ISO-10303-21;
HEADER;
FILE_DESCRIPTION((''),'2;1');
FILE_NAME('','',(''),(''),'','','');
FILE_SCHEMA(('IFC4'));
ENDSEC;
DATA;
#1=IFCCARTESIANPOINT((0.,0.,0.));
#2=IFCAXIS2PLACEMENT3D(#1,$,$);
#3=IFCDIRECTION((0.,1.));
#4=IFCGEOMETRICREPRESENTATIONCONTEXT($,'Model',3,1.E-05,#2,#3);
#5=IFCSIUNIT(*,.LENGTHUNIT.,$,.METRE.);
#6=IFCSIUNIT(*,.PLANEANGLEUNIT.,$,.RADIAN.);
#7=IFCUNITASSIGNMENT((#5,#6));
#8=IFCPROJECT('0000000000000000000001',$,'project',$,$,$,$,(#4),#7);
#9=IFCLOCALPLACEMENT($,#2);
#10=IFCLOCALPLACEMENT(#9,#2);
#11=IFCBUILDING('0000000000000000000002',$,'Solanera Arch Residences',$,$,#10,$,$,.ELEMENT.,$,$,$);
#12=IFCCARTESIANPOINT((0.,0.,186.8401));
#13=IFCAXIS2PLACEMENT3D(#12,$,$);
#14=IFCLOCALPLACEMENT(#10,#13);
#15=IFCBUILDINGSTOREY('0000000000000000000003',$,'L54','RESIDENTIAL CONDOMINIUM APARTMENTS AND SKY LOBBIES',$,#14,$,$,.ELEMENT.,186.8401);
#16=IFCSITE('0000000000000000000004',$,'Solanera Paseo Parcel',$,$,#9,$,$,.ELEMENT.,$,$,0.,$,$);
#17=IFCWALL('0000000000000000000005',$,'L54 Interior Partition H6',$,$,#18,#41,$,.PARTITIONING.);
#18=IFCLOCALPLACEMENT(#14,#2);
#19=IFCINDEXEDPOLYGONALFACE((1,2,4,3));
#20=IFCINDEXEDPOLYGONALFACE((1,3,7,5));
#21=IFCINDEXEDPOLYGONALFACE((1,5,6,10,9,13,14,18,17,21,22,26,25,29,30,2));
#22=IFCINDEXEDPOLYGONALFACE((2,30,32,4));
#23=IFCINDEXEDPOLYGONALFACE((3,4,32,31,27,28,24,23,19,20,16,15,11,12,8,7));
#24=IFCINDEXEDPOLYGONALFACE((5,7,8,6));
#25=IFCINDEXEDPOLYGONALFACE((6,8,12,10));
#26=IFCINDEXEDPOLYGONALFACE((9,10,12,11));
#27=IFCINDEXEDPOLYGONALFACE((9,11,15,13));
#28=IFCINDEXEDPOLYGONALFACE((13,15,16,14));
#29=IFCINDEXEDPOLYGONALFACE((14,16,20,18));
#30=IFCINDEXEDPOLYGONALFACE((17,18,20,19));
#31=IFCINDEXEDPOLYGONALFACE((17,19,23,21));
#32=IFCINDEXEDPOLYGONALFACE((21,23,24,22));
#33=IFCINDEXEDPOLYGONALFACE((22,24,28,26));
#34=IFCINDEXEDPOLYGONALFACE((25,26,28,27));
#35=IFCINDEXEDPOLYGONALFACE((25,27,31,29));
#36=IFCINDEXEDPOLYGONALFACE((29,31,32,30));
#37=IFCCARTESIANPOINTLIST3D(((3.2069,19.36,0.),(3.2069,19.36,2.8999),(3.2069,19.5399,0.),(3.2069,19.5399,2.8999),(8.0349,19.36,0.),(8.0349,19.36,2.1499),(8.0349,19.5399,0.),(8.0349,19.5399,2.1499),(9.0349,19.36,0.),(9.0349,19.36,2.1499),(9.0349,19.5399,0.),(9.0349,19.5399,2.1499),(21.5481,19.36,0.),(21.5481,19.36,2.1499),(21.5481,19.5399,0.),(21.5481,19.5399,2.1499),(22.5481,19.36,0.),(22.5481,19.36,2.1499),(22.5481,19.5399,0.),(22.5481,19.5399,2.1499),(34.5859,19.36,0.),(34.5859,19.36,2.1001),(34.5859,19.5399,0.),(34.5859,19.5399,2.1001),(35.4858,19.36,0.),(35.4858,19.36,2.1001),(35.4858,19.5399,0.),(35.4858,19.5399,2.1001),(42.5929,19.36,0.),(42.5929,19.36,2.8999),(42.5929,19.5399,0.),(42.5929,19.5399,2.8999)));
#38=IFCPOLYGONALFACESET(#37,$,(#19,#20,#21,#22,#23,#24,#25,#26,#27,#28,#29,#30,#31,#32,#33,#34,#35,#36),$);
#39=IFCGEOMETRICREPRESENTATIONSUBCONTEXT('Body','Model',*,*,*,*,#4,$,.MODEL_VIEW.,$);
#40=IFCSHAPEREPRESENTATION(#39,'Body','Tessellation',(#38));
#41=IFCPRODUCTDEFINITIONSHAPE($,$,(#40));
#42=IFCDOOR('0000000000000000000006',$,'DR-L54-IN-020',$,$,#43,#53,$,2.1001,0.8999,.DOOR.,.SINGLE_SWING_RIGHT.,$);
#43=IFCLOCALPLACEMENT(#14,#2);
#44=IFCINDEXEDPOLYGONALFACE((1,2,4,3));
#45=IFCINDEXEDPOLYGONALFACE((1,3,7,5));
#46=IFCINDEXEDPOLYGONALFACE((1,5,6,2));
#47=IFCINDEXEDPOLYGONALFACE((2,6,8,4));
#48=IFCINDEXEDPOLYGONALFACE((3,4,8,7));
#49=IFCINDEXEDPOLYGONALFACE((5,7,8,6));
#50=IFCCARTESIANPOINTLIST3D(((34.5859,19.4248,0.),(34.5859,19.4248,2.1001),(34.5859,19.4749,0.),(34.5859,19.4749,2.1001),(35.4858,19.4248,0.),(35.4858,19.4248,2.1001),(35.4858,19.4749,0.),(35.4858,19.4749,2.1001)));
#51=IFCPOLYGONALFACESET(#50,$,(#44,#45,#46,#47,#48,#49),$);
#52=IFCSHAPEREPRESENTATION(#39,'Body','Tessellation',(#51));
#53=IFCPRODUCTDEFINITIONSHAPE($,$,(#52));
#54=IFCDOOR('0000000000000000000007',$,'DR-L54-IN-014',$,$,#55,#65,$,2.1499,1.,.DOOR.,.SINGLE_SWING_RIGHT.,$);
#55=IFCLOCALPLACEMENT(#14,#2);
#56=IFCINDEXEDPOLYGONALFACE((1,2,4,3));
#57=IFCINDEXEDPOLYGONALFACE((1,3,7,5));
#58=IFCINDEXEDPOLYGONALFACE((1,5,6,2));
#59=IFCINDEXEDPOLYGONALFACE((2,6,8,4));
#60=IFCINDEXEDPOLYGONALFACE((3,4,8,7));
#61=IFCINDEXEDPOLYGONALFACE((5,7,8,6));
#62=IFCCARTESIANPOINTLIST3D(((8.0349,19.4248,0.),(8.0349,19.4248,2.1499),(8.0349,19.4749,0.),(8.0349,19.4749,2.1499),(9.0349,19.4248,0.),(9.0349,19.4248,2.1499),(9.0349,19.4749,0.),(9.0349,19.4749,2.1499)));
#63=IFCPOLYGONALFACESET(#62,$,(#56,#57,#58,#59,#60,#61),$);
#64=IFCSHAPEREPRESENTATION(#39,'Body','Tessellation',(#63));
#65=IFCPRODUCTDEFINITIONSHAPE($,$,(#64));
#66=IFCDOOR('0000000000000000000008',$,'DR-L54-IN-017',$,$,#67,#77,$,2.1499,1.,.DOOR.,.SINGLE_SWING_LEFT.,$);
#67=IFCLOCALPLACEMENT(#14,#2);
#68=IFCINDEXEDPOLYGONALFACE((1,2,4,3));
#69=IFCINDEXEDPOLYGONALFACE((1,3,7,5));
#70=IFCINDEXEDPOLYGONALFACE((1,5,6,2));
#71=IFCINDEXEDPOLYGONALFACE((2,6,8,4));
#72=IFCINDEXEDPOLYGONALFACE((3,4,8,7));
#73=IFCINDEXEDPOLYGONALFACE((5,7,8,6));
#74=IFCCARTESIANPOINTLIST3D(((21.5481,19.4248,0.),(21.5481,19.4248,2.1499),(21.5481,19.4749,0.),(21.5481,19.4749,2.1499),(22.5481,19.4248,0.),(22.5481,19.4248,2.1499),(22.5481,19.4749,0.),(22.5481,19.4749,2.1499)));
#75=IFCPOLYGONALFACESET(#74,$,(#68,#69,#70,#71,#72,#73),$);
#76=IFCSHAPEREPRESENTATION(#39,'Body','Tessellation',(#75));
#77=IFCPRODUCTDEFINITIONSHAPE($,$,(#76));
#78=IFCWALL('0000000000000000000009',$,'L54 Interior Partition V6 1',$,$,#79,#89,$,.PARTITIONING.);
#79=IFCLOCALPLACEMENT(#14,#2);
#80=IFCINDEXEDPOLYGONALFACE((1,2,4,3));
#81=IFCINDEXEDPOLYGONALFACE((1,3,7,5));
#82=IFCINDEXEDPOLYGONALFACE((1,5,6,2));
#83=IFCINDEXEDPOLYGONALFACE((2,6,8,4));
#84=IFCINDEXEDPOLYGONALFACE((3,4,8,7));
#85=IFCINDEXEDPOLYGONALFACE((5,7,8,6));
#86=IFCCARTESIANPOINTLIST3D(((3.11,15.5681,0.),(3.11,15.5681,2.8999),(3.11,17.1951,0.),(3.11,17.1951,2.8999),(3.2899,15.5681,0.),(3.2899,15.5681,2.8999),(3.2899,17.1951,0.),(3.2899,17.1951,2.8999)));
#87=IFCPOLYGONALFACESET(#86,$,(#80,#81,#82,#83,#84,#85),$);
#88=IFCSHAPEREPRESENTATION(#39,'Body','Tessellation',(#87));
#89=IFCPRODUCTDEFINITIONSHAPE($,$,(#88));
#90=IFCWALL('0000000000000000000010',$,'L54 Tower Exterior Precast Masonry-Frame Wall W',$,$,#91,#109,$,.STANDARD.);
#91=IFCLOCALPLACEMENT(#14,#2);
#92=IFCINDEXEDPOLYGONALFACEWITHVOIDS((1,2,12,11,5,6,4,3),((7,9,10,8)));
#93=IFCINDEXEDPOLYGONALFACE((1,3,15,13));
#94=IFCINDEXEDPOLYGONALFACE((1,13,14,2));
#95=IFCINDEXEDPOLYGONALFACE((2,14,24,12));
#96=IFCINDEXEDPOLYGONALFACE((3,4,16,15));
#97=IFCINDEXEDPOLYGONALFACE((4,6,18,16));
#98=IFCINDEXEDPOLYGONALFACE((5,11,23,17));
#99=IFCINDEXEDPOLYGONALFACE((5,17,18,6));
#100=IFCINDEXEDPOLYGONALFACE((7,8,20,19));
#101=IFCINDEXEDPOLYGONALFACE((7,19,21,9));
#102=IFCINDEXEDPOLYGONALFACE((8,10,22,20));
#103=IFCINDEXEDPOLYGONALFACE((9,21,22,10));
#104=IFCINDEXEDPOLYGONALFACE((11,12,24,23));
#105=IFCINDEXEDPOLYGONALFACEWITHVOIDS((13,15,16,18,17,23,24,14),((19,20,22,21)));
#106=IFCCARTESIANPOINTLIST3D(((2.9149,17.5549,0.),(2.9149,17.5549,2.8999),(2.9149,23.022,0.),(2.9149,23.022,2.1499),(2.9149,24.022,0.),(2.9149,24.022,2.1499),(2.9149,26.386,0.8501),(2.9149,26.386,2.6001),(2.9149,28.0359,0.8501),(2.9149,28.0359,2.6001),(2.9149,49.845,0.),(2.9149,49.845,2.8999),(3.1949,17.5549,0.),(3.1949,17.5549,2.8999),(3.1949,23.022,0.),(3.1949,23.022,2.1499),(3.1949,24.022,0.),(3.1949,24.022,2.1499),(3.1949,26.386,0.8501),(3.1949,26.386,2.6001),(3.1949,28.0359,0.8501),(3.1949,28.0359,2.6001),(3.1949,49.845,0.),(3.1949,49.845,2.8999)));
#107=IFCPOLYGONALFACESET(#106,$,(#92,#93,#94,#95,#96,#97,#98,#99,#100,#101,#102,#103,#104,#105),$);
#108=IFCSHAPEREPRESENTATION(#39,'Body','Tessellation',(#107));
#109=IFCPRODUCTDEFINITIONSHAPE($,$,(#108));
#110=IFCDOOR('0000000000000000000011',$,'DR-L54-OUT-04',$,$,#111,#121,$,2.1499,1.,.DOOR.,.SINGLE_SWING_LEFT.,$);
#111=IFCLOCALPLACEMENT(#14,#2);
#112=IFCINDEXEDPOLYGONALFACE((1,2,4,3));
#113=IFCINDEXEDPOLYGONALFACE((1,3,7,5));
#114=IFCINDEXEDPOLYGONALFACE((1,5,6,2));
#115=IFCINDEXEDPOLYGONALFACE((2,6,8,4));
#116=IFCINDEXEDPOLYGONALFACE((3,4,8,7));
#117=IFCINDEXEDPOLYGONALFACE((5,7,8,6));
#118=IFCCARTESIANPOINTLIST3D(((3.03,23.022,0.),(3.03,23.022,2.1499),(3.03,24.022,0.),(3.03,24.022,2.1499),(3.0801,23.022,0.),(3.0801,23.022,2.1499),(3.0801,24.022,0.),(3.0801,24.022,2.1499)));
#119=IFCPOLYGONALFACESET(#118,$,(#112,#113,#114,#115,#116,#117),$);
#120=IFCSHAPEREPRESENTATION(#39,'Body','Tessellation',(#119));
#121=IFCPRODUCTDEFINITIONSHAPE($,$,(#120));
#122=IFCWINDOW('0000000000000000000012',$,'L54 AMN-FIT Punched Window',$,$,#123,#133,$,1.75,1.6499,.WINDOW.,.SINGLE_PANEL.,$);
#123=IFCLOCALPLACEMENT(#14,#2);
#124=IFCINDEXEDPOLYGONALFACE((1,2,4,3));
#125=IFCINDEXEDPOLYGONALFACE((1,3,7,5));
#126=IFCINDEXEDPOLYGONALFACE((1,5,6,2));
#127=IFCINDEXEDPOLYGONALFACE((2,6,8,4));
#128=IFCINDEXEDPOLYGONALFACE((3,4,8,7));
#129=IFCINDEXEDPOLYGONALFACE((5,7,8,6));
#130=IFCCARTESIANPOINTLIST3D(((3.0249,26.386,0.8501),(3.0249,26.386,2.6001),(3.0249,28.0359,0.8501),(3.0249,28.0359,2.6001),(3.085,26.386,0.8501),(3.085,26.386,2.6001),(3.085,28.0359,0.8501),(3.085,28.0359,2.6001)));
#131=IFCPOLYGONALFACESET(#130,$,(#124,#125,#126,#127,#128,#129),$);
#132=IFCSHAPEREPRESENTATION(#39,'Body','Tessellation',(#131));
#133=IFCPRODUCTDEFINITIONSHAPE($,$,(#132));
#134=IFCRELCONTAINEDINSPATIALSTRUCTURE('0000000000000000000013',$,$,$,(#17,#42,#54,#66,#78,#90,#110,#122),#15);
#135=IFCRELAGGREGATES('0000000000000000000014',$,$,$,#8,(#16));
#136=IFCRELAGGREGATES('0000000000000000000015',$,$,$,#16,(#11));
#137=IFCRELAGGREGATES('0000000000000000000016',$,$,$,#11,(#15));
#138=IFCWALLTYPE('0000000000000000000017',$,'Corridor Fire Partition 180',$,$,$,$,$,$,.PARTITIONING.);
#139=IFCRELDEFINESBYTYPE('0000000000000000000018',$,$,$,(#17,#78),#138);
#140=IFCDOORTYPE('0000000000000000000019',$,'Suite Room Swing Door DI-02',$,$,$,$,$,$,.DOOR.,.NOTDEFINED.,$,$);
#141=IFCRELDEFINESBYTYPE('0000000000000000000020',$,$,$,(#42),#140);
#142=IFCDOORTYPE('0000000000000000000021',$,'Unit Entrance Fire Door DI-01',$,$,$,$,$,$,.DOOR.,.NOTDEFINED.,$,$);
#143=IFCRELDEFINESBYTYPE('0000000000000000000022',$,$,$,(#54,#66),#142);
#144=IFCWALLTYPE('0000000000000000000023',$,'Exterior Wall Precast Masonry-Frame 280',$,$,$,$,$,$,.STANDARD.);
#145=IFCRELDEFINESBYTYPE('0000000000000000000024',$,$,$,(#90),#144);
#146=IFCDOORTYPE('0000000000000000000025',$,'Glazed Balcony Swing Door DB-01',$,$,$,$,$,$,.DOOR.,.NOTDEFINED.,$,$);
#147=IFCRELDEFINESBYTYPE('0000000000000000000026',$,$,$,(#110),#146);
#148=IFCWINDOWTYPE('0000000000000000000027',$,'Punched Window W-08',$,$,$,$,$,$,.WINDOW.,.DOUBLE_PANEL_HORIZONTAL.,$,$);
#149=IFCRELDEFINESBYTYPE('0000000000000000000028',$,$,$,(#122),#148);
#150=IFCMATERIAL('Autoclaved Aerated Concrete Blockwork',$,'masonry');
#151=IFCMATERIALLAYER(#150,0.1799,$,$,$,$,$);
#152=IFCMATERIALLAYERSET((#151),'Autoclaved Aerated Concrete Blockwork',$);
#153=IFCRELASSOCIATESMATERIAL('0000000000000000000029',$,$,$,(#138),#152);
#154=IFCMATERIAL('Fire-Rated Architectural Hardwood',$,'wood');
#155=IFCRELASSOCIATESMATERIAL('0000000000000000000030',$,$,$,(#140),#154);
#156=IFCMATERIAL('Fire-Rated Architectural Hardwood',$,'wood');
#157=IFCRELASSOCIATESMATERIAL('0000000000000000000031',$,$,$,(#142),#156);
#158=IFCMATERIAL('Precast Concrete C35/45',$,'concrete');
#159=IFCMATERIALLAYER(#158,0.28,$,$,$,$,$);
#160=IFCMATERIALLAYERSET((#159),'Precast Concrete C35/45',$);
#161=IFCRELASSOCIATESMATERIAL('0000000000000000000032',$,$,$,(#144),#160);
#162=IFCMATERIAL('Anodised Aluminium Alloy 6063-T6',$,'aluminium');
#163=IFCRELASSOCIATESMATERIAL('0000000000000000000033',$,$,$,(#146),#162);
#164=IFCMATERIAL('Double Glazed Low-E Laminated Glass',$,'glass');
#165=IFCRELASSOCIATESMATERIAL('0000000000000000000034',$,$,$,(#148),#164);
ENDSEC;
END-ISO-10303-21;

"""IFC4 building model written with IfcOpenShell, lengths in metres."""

from ifc_helpers import new_model, si_unit, direction, frame, frame_2d, origin, place, context, subcontext, project, spatial, rectangle, extrude, material, layer, layer_set, type_object, element, fill, save


model = new_model("IFC4")

# Units and contexts
model_context = context("Model", 3, precision=1e-05, world=origin(), true_north=direction((0.0, 1.0)))
body_context = subcontext(model_context, "Body", "Model", "MODEL_VIEW")
ifc_project = project(units=[si_unit("LENGTHUNIT", "METRE"), si_unit("PLANEANGLEUNIT", "RADIAN")], contexts=[model_context])

# Site, building, storey
site_placement = place(None, origin())
site = spatial("IfcSite", under=ifc_project, at=site_placement, Name="Solanera Paseo Parcel", CompositionType="ELEMENT", RefElevation=0.0)
building_placement = place(site_placement, origin())
building = spatial("IfcBuilding", under=site, at=building_placement, Name="Solanera Arch Residences", CompositionType="ELEMENT")
storey_placement = place(building_placement, frame((0.0, 0.0, 186.8401)))
storey = spatial("IfcBuildingStorey", under=building, at=storey_placement, Name="L54", Description="RESIDENTIAL CONDOMINIUM APARTMENTS AND SKY LOBBIES", CompositionType="ELEMENT", Elevation=186.8401)

# Wall, openings, doors
ifc_material_1 = material(Name="Autoclaved Aerated Concrete Blockwork", Category="masonry")
ifc_layer_1 = layer(ifc_material_1, 0.1799)
ifc_layer_set_1 = layer_set([ifc_layer_1], Name="Autoclaved Aerated Concrete Blockwork")
wall_type_1 = type_object("IfcWallType", Name="Corridor Fire Partition 180", PredefinedType="PARTITIONING", material=ifc_layer_set_1)
wall_1_placement = place(storey_placement, frame((3.207, 19.45, 0.0), z_axis=(0.0, 0.0, 1.0), x_axis=(1.0, 0.0, 0.0)))
wall_1 = element("IfcWall", 1, at=wall_1_placement, inside=storey, type_object=wall_type_1, Name="L54 Interior Partition H6", PredefinedType="PARTITIONING", context=body_context, shape_type="SweptSolid", body=[
    extrude(rectangle(XDim=39.386, YDim=0.1799, at=frame_2d((19.6929, 0.0))), origin(), (0.0, 0.0, 1.0), 2.8999),
])
opening_1_placement = place(wall_1_placement, frame((4.8279, 0.0, 0.0)))
opening_1 = element("IfcOpeningElement", 2, at=opening_1_placement, cuts=wall_1, PredefinedType="OPENING", context=body_context, shape_type="SweptSolid", body=[
    extrude(rectangle(XDim=1.0, YDim=2.1499, at=frame_2d((0.5, 1.075))), frame((0.0, 0.1001, 0.0), z_axis=(0.0, -1.0, 0.0), x_axis=(1.0, 0.0, 0.0)), (0.0, 0.0, 1.0), 0.1999),
])
opening_2_placement = place(wall_1_placement, frame((18.3411, 0.0, 0.0)))
opening_2 = element("IfcOpeningElement", 3, at=opening_2_placement, cuts=wall_1, PredefinedType="OPENING", context=body_context, shape_type="SweptSolid", body=[
    extrude(rectangle(XDim=1.0, YDim=2.1499, at=frame_2d((0.5, 1.075))), frame((0.0, 0.1001, 0.0), z_axis=(0.0, -1.0, 0.0), x_axis=(1.0, 0.0, 0.0)), (0.0, 0.0, 1.0), 0.1999),
])
opening_3_placement = place(wall_1_placement, frame((31.3789, 0.0, 0.0)))
opening_3 = element("IfcOpeningElement", 4, at=opening_3_placement, cuts=wall_1, PredefinedType="OPENING", context=body_context, shape_type="SweptSolid", body=[
    extrude(rectangle(XDim=0.8999, YDim=2.1001, at=frame_2d((0.45, 1.05))), frame((0.0, 0.1001, 0.0), z_axis=(0.0, -1.0, 0.0), x_axis=(1.0, 0.0, 0.0)), (0.0, 0.0, 1.0), 0.1999),
])
ifc_material_2 = material(Name="Fire-Rated Architectural Hardwood", Category="wood")
door_type_1 = type_object("IfcDoorType", Name="Suite Room Swing Door DI-02", OperationType="NOTDEFINED", PredefinedType="DOOR", material=ifc_material_2)
door_1_placement = place(opening_3_placement, origin())
door_1 = element("IfcDoor", 5, at=door_1_placement, inside=storey, type_object=door_type_1, Name="DR-L54-IN-020", OperationType="SINGLE_SWING_RIGHT", OverallHeight=2.1001, OverallWidth=0.8999, PredefinedType="DOOR", context=body_context, shape_type="SweptSolid", body=[
    extrude(rectangle(XDim=0.8999, YDim=2.1001, at=frame_2d((0.45, 1.05))), frame((0.0, 0.0249, 0.0), z_axis=(0.0, -1.0, 0.0), x_axis=(1.0, 0.0, 0.0)), (0.0, 0.0, 1.0), 0.05),
])
fill(opening_3, door_1)
ifc_material_3 = material(Name="Fire-Rated Architectural Hardwood", Category="wood")
door_type_2 = type_object("IfcDoorType", Name="Unit Entrance Fire Door DI-01", OperationType="NOTDEFINED", PredefinedType="DOOR", material=ifc_material_3)
door_2_placement = place(opening_1_placement, origin())
door_2 = element("IfcDoor", 6, at=door_2_placement, inside=storey, type_object=door_type_2, Name="DR-L54-IN-014", OperationType="SINGLE_SWING_RIGHT", OverallHeight=2.1499, OverallWidth=1.0, PredefinedType="DOOR", context=body_context, shape_type="SweptSolid", body=[
    extrude(rectangle(XDim=1.0, YDim=2.1499, at=frame_2d((0.5, 1.075))), frame((0.0, 0.0249, 0.0), z_axis=(0.0, -1.0, 0.0), x_axis=(1.0, 0.0, 0.0)), (0.0, 0.0, 1.0), 0.05),
])
fill(opening_1, door_2)
door_3_placement = place(opening_2_placement, origin())
door_3 = element("IfcDoor", 7, at=door_3_placement, inside=storey, type_object=door_type_2, Name="DR-L54-IN-017", OperationType="SINGLE_SWING_LEFT", OverallHeight=2.1499, OverallWidth=1.0, PredefinedType="DOOR", context=body_context, shape_type="SweptSolid", body=[
    extrude(rectangle(XDim=1.0, YDim=2.1499, at=frame_2d((0.5, 1.075))), frame((0.0, 0.0249, 0.0), z_axis=(0.0, -1.0, 0.0), x_axis=(1.0, 0.0, 0.0)), (0.0, 0.0, 1.0), 0.05),
])
fill(opening_2, door_3)

# Wall
wall_2_placement = place(storey_placement, frame((3.2, 15.5681, 0.0), z_axis=(0.0, 0.0, 1.0), x_axis=(0.0, 1.0, 0.0)))
element("IfcWall", 8, at=wall_2_placement, inside=storey, type_object=wall_type_1, Name="L54 Interior Partition V6 1", PredefinedType="PARTITIONING", context=body_context, shape_type="SweptSolid", body=[
    extrude(rectangle(XDim=1.627, YDim=0.1799, at=frame_2d((0.8135, 0.0))), origin(), (0.0, 0.0, 1.0), 2.8999),
])

# Wall, openings, door, window
ifc_material_4 = material(Name="Precast Concrete C35/45", Category="concrete")
ifc_layer_2 = layer(ifc_material_4, 0.28)
ifc_layer_set_2 = layer_set([ifc_layer_2], Name="Precast Concrete C35/45")
wall_type_2 = type_object("IfcWallType", Name="Exterior Wall Precast Masonry-Frame 280", PredefinedType="STANDARD", material=ifc_layer_set_2)
wall_3_placement = place(storey_placement, frame((3.0549, 17.5549, 0.0), z_axis=(0.0, 0.0, 1.0), x_axis=(0.0, 1.0, 0.0)))
wall_3 = element("IfcWall", 9, at=wall_3_placement, inside=storey, type_object=wall_type_2, Name="L54 Tower Exterior Precast Masonry-Frame Wall W", PredefinedType="STANDARD", context=body_context, shape_type="SweptSolid", body=[
    extrude(rectangle(XDim=32.29, YDim=0.28, at=frame_2d((16.145, 0.0))), origin(), (0.0, 0.0, 1.0), 2.8999),
])
opening_4_placement = place(wall_3_placement, frame((5.467, 0.0, 0.0)))
opening_4 = element("IfcOpeningElement", 10, at=opening_4_placement, cuts=wall_3, PredefinedType="OPENING", context=body_context, shape_type="SweptSolid", body=[
    extrude(rectangle(XDim=1.0, YDim=2.1499, at=frame_2d((0.5, 1.075))), frame((0.0, 0.1499, 0.0), z_axis=(0.0, -1.0, 0.0), x_axis=(1.0, 0.0, 0.0)), (0.0, 0.0, 1.0), 0.3),
])
opening_5_placement = place(wall_3_placement, frame((8.8311, 0.0, 0.8501)))
opening_5 = element("IfcOpeningElement", 11, at=opening_5_placement, cuts=wall_3, PredefinedType="OPENING", context=body_context, shape_type="SweptSolid", body=[
    extrude(rectangle(XDim=1.6499, YDim=1.75, at=frame_2d((0.825, 0.875))), frame((0.0, 0.1499, 0.0), z_axis=(0.0, -1.0, 0.0), x_axis=(1.0, 0.0, 0.0)), (0.0, 0.0, 1.0), 0.3),
])
ifc_material_5 = material(Name="Anodised Aluminium Alloy 6063-T6", Category="aluminium")
door_type_3 = type_object("IfcDoorType", Name="Glazed Balcony Swing Door DB-01", OperationType="NOTDEFINED", PredefinedType="DOOR", material=ifc_material_5)
door_4_placement = place(opening_4_placement, origin())
door_4 = element("IfcDoor", 12, at=door_4_placement, inside=storey, type_object=door_type_3, Name="DR-L54-OUT-04", OperationType="SINGLE_SWING_LEFT", OverallHeight=2.1499, OverallWidth=1.0, PredefinedType="DOOR", context=body_context, shape_type="SweptSolid", body=[
    extrude(rectangle(XDim=1.0, YDim=2.1499, at=frame_2d((0.5, 1.075))), frame((0.0, 0.0249, 0.0), z_axis=(0.0, -1.0, 0.0), x_axis=(1.0, 0.0, 0.0)), (0.0, 0.0, 1.0), 0.05),
])
fill(opening_4, door_4)
ifc_material_6 = material(Name="Double Glazed Low-E Laminated Glass", Category="glass")
window_type = type_object("IfcWindowType", Name="Punched Window W-08", PartitioningType="DOUBLE_PANEL_HORIZONTAL", PredefinedType="WINDOW", material=ifc_material_6)
window_placement = place(opening_5_placement, origin())
window = element("IfcWindow", 13, at=window_placement, inside=storey, type_object=window_type, Name="L54 AMN-FIT Punched Window", OverallHeight=1.75, OverallWidth=1.6499, PartitioningType="SINGLE_PANEL", PredefinedType="WINDOW", context=body_context, shape_type="SweptSolid", body=[
    extrude(rectangle(XDim=1.6499, YDim=1.75, at=frame_2d((0.825, 0.875))), frame((0.0, 0.03, 0.0), z_axis=(0.0, -1.0, 0.0), x_axis=(1.0, 0.0, 0.0)), (0.0, 0.0, 1.0), 0.0601),
])
fill(opening_5, window)

save(model, "model.ifc")
